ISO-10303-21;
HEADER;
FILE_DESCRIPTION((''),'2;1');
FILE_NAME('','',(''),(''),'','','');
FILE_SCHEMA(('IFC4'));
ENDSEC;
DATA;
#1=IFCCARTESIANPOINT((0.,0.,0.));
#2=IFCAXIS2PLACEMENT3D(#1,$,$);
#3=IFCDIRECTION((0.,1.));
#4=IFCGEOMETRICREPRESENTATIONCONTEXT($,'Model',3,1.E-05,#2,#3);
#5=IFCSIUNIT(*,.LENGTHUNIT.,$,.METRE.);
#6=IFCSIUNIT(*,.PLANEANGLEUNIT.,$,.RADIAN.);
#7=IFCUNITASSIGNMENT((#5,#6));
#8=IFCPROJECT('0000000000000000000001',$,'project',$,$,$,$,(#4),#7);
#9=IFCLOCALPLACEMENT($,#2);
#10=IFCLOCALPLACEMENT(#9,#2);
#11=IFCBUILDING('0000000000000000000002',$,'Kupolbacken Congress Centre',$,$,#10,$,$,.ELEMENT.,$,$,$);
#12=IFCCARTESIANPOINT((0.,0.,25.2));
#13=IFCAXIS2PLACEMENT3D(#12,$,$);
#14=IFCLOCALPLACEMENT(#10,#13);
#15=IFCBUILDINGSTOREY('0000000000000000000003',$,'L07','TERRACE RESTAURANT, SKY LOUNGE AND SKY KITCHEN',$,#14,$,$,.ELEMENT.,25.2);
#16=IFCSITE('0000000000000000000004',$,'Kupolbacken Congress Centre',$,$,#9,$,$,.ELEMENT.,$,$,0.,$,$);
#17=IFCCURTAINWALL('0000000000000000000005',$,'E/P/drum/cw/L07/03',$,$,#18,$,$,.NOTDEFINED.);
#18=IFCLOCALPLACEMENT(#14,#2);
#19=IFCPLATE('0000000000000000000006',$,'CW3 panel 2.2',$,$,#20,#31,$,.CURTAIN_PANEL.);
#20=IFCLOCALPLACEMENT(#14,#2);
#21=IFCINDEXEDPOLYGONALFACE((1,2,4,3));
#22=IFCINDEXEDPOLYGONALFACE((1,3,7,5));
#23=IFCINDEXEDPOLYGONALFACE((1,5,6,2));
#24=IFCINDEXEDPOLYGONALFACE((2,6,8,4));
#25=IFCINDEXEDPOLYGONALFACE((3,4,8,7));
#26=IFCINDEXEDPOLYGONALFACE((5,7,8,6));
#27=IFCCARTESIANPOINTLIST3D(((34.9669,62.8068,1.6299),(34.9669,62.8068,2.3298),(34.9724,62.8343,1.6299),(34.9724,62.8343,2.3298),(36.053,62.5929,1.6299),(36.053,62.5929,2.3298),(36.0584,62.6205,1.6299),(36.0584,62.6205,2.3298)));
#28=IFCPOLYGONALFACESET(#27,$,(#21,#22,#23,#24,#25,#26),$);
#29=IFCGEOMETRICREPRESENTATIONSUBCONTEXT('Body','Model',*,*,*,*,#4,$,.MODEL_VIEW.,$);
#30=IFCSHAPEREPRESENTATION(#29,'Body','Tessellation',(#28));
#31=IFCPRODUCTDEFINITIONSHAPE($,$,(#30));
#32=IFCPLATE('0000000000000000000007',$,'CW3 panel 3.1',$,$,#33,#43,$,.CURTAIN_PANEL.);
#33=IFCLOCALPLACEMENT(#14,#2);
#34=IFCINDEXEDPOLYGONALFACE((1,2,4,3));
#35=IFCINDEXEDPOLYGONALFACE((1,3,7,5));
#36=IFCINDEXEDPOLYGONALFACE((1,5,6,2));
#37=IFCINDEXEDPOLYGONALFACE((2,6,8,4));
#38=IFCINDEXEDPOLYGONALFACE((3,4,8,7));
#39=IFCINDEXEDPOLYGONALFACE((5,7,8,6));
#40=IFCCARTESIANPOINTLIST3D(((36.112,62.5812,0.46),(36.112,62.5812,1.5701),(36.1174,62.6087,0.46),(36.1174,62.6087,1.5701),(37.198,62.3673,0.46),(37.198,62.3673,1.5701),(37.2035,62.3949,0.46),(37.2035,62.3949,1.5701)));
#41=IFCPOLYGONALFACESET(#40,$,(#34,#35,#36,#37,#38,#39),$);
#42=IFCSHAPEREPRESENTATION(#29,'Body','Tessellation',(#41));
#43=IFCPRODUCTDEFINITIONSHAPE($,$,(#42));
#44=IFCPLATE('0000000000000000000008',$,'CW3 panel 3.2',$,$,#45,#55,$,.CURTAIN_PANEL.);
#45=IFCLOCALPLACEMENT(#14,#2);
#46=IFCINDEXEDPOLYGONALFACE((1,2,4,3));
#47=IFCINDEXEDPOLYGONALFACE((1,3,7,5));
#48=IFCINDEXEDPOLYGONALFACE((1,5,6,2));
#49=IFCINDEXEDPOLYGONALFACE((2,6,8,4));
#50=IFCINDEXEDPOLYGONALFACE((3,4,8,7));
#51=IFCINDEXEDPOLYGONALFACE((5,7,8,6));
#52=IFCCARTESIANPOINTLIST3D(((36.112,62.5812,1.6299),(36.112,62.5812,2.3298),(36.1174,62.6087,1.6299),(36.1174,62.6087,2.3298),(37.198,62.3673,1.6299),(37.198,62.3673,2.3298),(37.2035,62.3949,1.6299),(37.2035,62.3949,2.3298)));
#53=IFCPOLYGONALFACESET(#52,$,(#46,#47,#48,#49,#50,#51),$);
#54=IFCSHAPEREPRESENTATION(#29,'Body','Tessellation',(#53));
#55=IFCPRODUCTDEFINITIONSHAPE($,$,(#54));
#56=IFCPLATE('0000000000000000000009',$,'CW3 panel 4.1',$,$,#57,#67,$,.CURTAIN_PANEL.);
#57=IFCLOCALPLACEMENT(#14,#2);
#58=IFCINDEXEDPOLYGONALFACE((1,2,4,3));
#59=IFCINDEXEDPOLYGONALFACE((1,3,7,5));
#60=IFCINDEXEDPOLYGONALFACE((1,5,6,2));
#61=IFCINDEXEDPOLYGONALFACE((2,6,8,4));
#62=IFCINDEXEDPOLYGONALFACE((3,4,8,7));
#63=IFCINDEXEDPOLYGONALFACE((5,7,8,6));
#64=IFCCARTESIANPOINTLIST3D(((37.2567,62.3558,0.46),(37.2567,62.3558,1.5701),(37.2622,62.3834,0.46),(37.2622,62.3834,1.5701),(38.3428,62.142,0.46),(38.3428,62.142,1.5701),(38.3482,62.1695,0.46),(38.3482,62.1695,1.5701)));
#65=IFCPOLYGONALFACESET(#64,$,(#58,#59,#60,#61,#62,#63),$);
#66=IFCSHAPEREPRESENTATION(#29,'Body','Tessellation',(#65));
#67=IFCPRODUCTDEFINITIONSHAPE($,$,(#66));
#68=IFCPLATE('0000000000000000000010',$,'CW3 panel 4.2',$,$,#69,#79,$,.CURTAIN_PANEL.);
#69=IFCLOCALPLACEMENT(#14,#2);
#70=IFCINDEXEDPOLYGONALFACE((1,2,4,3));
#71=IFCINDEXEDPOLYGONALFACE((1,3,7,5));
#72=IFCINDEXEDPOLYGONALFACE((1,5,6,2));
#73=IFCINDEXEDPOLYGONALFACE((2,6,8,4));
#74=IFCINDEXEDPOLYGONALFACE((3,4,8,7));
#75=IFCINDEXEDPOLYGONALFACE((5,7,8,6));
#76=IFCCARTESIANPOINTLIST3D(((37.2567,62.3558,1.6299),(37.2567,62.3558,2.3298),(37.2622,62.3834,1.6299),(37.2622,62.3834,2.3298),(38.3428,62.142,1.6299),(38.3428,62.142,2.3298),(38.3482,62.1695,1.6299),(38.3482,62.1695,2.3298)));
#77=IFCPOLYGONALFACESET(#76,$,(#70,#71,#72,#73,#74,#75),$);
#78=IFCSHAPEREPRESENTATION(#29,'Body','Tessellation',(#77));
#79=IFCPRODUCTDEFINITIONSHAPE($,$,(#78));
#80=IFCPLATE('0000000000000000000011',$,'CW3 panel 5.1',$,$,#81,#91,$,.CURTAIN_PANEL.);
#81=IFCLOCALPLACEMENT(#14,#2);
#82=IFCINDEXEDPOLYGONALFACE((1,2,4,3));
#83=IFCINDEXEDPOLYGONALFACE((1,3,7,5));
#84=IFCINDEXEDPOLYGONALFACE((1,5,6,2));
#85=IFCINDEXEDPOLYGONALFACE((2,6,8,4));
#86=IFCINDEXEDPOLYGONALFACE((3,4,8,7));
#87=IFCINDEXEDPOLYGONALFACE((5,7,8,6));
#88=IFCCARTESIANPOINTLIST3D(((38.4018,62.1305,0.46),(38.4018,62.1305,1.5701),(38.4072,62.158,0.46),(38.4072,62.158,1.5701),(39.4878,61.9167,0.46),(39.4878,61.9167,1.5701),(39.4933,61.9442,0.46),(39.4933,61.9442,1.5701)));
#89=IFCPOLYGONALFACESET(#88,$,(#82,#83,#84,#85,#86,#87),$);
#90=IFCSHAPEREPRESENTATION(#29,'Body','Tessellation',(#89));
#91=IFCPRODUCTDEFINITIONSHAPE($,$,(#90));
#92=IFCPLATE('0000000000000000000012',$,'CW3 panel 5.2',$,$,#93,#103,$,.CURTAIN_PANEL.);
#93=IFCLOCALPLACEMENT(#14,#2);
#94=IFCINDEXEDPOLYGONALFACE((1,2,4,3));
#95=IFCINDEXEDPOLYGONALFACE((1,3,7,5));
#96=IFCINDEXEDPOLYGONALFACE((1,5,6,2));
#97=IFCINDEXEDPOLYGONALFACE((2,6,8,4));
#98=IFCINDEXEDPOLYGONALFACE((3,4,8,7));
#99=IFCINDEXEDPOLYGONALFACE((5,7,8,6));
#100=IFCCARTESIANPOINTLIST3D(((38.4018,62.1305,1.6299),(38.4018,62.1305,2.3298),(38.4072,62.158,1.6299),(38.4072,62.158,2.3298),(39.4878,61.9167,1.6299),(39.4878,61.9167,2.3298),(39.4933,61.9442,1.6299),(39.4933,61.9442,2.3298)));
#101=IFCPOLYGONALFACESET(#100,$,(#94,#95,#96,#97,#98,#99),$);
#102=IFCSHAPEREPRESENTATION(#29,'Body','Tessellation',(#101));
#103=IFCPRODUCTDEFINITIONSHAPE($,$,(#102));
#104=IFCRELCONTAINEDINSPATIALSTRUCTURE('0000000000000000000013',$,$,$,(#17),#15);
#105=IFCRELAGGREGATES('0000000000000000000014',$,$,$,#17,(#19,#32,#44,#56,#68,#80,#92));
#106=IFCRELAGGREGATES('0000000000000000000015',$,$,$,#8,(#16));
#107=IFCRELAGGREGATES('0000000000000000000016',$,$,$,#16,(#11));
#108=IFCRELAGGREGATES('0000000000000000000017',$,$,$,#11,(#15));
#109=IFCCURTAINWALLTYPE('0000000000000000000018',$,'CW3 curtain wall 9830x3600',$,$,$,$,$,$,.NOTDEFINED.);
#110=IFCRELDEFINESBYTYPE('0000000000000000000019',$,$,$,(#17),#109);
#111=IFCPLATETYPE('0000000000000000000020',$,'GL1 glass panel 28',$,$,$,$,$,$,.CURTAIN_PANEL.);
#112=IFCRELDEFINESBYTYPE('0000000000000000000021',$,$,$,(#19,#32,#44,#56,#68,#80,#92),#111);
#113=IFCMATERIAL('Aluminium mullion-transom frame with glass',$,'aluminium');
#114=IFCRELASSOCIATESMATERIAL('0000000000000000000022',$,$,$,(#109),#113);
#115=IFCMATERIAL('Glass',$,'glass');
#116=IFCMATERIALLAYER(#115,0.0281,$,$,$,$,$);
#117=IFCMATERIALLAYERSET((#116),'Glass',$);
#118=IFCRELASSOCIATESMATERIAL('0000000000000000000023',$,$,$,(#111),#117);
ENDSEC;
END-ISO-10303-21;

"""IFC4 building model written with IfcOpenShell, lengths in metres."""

from ifc_helpers import new_model, si_unit, direction, frame, origin, origin_2d, place, context, subcontext, project, spatial, rectangle, extrude, material, layer, layer_set, type_object, element, aggregate, save


model = new_model("IFC4")

# Units and contexts
model_context = context("Model", 3, precision=1e-05, world=origin(), true_north=direction((0.0, 1.0)))
body_context = subcontext(model_context, "Body", "Model", "MODEL_VIEW")
ifc_project = project(units=[si_unit("LENGTHUNIT", "METRE"), si_unit("PLANEANGLEUNIT", "RADIAN")], contexts=[model_context])

# Site, building, storey
site_placement = place(None, origin())
site = spatial("IfcSite", under=ifc_project, at=site_placement, Name="Kupolbacken Congress Centre", CompositionType="ELEMENT", RefElevation=0.0)
building_placement = place(site_placement, origin())
building = spatial("IfcBuilding", under=site, at=building_placement, Name="Kupolbacken Congress Centre", CompositionType="ELEMENT")
storey_placement = place(building_placement, frame((0.0, 0.0, 25.2)))
storey = spatial("IfcBuildingStorey", under=building, at=storey_placement, Name="L07", Description="TERRACE RESTAURANT, SKY LOUNGE AND SKY KITCHEN", CompositionType="ELEMENT", Elevation=25.2)

# Curtain wall, plates
ifc_material_1 = material(Name="Aluminium mullion-transom frame with glass", Category="aluminium")
curtain_wall_type = type_object("IfcCurtainWallType", Name="CW3 curtain wall 9830x3600", PredefinedType="NOTDEFINED", material=ifc_material_1)
curtain_wall_placement = place(storey_placement, origin())
curtain_wall = element("IfcCurtainWall", 1, at=curtain_wall_placement, inside=storey, type_object=curtain_wall_type, Name="E/P/drum/cw/L07/03", PredefinedType="NOTDEFINED")
ifc_material_2 = material(Name="Glass", Category="glass")
ifc_layer = layer(ifc_material_2, 0.0281)
ifc_layer_set = layer_set([ifc_layer], Name="Glass")
plate_type = type_object("IfcPlateType", Name="GL1 glass panel 28", PredefinedType="CURTAIN_PANEL", material=ifc_layer_set)
plate_1_placement = place(storey_placement, frame((35.5127, 62.7136, 1.6299), z_axis=(0.0, 0.0, 1.0), x_axis=(0.981163, -0.193182, 0.0)))
plate_1 = element("IfcPlate", 2, at=plate_1_placement, type_object=plate_type, Name="CW3 panel 2.2", PredefinedType="CURTAIN_PANEL", context=body_context, shape_type="SweptSolid", body=[
    extrude(rectangle(XDim=1.1069, YDim=0.0281, at=origin_2d()), origin(), (0.0, 0.0, 1.0), 0.7),
])
plate_2_placement = place(storey_placement, frame((36.6577, 62.488, 0.46), z_axis=(0.0, 0.0, 1.0), x_axis=(0.981163, -0.193182, 0.0)))
plate_2 = element("IfcPlate", 3, at=plate_2_placement, type_object=plate_type, Name="CW3 panel 3.1", PredefinedType="CURTAIN_PANEL", context=body_context, shape_type="SweptSolid", body=[
    extrude(rectangle(XDim=1.1069, YDim=0.0281, at=origin_2d()), origin(), (0.0, 0.0, 1.0), 1.1101),
])
plate_3_placement = place(storey_placement, frame((36.6577, 62.488, 1.6299), z_axis=(0.0, 0.0, 1.0), x_axis=(0.981163, -0.193182, 0.0)))
plate_3 = element("IfcPlate", 4, at=plate_3_placement, type_object=plate_type, Name="CW3 panel 3.2", PredefinedType="CURTAIN_PANEL", context=body_context, shape_type="SweptSolid", body=[
    extrude(rectangle(XDim=1.1069, YDim=0.0281, at=origin_2d()), origin(), (0.0, 0.0, 1.0), 0.7),
])
plate_4_placement = place(storey_placement, frame((37.8025, 62.2627, 0.46), z_axis=(0.0, 0.0, 1.0), x_axis=(0.981163, -0.193182, 0.0)))
plate_4 = element("IfcPlate", 5, at=plate_4_placement, type_object=plate_type, Name="CW3 panel 4.1", PredefinedType="CURTAIN_PANEL", context=body_context, shape_type="SweptSolid", body=[
    extrude(rectangle(XDim=1.1069, YDim=0.0281, at=origin_2d()), origin(), (0.0, 0.0, 1.0), 1.1101),
])
plate_5_placement = place(storey_placement, frame((37.8025, 62.2627, 1.6299), z_axis=(0.0, 0.0, 1.0), x_axis=(0.981163, -0.193182, 0.0)))
plate_5 = element("IfcPlate", 6, at=plate_5_placement, type_object=plate_type, Name="CW3 panel 4.2", PredefinedType="CURTAIN_PANEL", context=body_context, shape_type="SweptSolid", body=[
    extrude(rectangle(XDim=1.1069, YDim=0.0281, at=origin_2d()), origin(), (0.0, 0.0, 1.0), 0.7),
])
plate_6_placement = place(storey_placement, frame((38.9475, 62.0374, 0.46), z_axis=(0.0, 0.0, 1.0), x_axis=(0.981163, -0.193182, 0.0)))
plate_6 = element("IfcPlate", 7, at=plate_6_placement, type_object=plate_type, Name="CW3 panel 5.1", PredefinedType="CURTAIN_PANEL", context=body_context, shape_type="SweptSolid", body=[
    extrude(rectangle(XDim=1.1069, YDim=0.0281, at=origin_2d()), origin(), (0.0, 0.0, 1.0), 1.1101),
])
plate_7_placement = place(storey_placement, frame((38.9475, 62.0374, 1.6299), z_axis=(0.0, 0.0, 1.0), x_axis=(0.981163, -0.193182, 0.0)))
plate_7 = element("IfcPlate", 8, at=plate_7_placement, type_object=plate_type, Name="CW3 panel 5.2", PredefinedType="CURTAIN_PANEL", context=body_context, shape_type="SweptSolid", body=[
    extrude(rectangle(XDim=1.1069, YDim=0.0281, at=origin_2d()), origin(), (0.0, 0.0, 1.0), 0.7),
])
aggregate(curtain_wall, [plate_1, plate_2, plate_3, plate_4, plate_5, plate_6, plate_7])

save(model, "model.ifc")
